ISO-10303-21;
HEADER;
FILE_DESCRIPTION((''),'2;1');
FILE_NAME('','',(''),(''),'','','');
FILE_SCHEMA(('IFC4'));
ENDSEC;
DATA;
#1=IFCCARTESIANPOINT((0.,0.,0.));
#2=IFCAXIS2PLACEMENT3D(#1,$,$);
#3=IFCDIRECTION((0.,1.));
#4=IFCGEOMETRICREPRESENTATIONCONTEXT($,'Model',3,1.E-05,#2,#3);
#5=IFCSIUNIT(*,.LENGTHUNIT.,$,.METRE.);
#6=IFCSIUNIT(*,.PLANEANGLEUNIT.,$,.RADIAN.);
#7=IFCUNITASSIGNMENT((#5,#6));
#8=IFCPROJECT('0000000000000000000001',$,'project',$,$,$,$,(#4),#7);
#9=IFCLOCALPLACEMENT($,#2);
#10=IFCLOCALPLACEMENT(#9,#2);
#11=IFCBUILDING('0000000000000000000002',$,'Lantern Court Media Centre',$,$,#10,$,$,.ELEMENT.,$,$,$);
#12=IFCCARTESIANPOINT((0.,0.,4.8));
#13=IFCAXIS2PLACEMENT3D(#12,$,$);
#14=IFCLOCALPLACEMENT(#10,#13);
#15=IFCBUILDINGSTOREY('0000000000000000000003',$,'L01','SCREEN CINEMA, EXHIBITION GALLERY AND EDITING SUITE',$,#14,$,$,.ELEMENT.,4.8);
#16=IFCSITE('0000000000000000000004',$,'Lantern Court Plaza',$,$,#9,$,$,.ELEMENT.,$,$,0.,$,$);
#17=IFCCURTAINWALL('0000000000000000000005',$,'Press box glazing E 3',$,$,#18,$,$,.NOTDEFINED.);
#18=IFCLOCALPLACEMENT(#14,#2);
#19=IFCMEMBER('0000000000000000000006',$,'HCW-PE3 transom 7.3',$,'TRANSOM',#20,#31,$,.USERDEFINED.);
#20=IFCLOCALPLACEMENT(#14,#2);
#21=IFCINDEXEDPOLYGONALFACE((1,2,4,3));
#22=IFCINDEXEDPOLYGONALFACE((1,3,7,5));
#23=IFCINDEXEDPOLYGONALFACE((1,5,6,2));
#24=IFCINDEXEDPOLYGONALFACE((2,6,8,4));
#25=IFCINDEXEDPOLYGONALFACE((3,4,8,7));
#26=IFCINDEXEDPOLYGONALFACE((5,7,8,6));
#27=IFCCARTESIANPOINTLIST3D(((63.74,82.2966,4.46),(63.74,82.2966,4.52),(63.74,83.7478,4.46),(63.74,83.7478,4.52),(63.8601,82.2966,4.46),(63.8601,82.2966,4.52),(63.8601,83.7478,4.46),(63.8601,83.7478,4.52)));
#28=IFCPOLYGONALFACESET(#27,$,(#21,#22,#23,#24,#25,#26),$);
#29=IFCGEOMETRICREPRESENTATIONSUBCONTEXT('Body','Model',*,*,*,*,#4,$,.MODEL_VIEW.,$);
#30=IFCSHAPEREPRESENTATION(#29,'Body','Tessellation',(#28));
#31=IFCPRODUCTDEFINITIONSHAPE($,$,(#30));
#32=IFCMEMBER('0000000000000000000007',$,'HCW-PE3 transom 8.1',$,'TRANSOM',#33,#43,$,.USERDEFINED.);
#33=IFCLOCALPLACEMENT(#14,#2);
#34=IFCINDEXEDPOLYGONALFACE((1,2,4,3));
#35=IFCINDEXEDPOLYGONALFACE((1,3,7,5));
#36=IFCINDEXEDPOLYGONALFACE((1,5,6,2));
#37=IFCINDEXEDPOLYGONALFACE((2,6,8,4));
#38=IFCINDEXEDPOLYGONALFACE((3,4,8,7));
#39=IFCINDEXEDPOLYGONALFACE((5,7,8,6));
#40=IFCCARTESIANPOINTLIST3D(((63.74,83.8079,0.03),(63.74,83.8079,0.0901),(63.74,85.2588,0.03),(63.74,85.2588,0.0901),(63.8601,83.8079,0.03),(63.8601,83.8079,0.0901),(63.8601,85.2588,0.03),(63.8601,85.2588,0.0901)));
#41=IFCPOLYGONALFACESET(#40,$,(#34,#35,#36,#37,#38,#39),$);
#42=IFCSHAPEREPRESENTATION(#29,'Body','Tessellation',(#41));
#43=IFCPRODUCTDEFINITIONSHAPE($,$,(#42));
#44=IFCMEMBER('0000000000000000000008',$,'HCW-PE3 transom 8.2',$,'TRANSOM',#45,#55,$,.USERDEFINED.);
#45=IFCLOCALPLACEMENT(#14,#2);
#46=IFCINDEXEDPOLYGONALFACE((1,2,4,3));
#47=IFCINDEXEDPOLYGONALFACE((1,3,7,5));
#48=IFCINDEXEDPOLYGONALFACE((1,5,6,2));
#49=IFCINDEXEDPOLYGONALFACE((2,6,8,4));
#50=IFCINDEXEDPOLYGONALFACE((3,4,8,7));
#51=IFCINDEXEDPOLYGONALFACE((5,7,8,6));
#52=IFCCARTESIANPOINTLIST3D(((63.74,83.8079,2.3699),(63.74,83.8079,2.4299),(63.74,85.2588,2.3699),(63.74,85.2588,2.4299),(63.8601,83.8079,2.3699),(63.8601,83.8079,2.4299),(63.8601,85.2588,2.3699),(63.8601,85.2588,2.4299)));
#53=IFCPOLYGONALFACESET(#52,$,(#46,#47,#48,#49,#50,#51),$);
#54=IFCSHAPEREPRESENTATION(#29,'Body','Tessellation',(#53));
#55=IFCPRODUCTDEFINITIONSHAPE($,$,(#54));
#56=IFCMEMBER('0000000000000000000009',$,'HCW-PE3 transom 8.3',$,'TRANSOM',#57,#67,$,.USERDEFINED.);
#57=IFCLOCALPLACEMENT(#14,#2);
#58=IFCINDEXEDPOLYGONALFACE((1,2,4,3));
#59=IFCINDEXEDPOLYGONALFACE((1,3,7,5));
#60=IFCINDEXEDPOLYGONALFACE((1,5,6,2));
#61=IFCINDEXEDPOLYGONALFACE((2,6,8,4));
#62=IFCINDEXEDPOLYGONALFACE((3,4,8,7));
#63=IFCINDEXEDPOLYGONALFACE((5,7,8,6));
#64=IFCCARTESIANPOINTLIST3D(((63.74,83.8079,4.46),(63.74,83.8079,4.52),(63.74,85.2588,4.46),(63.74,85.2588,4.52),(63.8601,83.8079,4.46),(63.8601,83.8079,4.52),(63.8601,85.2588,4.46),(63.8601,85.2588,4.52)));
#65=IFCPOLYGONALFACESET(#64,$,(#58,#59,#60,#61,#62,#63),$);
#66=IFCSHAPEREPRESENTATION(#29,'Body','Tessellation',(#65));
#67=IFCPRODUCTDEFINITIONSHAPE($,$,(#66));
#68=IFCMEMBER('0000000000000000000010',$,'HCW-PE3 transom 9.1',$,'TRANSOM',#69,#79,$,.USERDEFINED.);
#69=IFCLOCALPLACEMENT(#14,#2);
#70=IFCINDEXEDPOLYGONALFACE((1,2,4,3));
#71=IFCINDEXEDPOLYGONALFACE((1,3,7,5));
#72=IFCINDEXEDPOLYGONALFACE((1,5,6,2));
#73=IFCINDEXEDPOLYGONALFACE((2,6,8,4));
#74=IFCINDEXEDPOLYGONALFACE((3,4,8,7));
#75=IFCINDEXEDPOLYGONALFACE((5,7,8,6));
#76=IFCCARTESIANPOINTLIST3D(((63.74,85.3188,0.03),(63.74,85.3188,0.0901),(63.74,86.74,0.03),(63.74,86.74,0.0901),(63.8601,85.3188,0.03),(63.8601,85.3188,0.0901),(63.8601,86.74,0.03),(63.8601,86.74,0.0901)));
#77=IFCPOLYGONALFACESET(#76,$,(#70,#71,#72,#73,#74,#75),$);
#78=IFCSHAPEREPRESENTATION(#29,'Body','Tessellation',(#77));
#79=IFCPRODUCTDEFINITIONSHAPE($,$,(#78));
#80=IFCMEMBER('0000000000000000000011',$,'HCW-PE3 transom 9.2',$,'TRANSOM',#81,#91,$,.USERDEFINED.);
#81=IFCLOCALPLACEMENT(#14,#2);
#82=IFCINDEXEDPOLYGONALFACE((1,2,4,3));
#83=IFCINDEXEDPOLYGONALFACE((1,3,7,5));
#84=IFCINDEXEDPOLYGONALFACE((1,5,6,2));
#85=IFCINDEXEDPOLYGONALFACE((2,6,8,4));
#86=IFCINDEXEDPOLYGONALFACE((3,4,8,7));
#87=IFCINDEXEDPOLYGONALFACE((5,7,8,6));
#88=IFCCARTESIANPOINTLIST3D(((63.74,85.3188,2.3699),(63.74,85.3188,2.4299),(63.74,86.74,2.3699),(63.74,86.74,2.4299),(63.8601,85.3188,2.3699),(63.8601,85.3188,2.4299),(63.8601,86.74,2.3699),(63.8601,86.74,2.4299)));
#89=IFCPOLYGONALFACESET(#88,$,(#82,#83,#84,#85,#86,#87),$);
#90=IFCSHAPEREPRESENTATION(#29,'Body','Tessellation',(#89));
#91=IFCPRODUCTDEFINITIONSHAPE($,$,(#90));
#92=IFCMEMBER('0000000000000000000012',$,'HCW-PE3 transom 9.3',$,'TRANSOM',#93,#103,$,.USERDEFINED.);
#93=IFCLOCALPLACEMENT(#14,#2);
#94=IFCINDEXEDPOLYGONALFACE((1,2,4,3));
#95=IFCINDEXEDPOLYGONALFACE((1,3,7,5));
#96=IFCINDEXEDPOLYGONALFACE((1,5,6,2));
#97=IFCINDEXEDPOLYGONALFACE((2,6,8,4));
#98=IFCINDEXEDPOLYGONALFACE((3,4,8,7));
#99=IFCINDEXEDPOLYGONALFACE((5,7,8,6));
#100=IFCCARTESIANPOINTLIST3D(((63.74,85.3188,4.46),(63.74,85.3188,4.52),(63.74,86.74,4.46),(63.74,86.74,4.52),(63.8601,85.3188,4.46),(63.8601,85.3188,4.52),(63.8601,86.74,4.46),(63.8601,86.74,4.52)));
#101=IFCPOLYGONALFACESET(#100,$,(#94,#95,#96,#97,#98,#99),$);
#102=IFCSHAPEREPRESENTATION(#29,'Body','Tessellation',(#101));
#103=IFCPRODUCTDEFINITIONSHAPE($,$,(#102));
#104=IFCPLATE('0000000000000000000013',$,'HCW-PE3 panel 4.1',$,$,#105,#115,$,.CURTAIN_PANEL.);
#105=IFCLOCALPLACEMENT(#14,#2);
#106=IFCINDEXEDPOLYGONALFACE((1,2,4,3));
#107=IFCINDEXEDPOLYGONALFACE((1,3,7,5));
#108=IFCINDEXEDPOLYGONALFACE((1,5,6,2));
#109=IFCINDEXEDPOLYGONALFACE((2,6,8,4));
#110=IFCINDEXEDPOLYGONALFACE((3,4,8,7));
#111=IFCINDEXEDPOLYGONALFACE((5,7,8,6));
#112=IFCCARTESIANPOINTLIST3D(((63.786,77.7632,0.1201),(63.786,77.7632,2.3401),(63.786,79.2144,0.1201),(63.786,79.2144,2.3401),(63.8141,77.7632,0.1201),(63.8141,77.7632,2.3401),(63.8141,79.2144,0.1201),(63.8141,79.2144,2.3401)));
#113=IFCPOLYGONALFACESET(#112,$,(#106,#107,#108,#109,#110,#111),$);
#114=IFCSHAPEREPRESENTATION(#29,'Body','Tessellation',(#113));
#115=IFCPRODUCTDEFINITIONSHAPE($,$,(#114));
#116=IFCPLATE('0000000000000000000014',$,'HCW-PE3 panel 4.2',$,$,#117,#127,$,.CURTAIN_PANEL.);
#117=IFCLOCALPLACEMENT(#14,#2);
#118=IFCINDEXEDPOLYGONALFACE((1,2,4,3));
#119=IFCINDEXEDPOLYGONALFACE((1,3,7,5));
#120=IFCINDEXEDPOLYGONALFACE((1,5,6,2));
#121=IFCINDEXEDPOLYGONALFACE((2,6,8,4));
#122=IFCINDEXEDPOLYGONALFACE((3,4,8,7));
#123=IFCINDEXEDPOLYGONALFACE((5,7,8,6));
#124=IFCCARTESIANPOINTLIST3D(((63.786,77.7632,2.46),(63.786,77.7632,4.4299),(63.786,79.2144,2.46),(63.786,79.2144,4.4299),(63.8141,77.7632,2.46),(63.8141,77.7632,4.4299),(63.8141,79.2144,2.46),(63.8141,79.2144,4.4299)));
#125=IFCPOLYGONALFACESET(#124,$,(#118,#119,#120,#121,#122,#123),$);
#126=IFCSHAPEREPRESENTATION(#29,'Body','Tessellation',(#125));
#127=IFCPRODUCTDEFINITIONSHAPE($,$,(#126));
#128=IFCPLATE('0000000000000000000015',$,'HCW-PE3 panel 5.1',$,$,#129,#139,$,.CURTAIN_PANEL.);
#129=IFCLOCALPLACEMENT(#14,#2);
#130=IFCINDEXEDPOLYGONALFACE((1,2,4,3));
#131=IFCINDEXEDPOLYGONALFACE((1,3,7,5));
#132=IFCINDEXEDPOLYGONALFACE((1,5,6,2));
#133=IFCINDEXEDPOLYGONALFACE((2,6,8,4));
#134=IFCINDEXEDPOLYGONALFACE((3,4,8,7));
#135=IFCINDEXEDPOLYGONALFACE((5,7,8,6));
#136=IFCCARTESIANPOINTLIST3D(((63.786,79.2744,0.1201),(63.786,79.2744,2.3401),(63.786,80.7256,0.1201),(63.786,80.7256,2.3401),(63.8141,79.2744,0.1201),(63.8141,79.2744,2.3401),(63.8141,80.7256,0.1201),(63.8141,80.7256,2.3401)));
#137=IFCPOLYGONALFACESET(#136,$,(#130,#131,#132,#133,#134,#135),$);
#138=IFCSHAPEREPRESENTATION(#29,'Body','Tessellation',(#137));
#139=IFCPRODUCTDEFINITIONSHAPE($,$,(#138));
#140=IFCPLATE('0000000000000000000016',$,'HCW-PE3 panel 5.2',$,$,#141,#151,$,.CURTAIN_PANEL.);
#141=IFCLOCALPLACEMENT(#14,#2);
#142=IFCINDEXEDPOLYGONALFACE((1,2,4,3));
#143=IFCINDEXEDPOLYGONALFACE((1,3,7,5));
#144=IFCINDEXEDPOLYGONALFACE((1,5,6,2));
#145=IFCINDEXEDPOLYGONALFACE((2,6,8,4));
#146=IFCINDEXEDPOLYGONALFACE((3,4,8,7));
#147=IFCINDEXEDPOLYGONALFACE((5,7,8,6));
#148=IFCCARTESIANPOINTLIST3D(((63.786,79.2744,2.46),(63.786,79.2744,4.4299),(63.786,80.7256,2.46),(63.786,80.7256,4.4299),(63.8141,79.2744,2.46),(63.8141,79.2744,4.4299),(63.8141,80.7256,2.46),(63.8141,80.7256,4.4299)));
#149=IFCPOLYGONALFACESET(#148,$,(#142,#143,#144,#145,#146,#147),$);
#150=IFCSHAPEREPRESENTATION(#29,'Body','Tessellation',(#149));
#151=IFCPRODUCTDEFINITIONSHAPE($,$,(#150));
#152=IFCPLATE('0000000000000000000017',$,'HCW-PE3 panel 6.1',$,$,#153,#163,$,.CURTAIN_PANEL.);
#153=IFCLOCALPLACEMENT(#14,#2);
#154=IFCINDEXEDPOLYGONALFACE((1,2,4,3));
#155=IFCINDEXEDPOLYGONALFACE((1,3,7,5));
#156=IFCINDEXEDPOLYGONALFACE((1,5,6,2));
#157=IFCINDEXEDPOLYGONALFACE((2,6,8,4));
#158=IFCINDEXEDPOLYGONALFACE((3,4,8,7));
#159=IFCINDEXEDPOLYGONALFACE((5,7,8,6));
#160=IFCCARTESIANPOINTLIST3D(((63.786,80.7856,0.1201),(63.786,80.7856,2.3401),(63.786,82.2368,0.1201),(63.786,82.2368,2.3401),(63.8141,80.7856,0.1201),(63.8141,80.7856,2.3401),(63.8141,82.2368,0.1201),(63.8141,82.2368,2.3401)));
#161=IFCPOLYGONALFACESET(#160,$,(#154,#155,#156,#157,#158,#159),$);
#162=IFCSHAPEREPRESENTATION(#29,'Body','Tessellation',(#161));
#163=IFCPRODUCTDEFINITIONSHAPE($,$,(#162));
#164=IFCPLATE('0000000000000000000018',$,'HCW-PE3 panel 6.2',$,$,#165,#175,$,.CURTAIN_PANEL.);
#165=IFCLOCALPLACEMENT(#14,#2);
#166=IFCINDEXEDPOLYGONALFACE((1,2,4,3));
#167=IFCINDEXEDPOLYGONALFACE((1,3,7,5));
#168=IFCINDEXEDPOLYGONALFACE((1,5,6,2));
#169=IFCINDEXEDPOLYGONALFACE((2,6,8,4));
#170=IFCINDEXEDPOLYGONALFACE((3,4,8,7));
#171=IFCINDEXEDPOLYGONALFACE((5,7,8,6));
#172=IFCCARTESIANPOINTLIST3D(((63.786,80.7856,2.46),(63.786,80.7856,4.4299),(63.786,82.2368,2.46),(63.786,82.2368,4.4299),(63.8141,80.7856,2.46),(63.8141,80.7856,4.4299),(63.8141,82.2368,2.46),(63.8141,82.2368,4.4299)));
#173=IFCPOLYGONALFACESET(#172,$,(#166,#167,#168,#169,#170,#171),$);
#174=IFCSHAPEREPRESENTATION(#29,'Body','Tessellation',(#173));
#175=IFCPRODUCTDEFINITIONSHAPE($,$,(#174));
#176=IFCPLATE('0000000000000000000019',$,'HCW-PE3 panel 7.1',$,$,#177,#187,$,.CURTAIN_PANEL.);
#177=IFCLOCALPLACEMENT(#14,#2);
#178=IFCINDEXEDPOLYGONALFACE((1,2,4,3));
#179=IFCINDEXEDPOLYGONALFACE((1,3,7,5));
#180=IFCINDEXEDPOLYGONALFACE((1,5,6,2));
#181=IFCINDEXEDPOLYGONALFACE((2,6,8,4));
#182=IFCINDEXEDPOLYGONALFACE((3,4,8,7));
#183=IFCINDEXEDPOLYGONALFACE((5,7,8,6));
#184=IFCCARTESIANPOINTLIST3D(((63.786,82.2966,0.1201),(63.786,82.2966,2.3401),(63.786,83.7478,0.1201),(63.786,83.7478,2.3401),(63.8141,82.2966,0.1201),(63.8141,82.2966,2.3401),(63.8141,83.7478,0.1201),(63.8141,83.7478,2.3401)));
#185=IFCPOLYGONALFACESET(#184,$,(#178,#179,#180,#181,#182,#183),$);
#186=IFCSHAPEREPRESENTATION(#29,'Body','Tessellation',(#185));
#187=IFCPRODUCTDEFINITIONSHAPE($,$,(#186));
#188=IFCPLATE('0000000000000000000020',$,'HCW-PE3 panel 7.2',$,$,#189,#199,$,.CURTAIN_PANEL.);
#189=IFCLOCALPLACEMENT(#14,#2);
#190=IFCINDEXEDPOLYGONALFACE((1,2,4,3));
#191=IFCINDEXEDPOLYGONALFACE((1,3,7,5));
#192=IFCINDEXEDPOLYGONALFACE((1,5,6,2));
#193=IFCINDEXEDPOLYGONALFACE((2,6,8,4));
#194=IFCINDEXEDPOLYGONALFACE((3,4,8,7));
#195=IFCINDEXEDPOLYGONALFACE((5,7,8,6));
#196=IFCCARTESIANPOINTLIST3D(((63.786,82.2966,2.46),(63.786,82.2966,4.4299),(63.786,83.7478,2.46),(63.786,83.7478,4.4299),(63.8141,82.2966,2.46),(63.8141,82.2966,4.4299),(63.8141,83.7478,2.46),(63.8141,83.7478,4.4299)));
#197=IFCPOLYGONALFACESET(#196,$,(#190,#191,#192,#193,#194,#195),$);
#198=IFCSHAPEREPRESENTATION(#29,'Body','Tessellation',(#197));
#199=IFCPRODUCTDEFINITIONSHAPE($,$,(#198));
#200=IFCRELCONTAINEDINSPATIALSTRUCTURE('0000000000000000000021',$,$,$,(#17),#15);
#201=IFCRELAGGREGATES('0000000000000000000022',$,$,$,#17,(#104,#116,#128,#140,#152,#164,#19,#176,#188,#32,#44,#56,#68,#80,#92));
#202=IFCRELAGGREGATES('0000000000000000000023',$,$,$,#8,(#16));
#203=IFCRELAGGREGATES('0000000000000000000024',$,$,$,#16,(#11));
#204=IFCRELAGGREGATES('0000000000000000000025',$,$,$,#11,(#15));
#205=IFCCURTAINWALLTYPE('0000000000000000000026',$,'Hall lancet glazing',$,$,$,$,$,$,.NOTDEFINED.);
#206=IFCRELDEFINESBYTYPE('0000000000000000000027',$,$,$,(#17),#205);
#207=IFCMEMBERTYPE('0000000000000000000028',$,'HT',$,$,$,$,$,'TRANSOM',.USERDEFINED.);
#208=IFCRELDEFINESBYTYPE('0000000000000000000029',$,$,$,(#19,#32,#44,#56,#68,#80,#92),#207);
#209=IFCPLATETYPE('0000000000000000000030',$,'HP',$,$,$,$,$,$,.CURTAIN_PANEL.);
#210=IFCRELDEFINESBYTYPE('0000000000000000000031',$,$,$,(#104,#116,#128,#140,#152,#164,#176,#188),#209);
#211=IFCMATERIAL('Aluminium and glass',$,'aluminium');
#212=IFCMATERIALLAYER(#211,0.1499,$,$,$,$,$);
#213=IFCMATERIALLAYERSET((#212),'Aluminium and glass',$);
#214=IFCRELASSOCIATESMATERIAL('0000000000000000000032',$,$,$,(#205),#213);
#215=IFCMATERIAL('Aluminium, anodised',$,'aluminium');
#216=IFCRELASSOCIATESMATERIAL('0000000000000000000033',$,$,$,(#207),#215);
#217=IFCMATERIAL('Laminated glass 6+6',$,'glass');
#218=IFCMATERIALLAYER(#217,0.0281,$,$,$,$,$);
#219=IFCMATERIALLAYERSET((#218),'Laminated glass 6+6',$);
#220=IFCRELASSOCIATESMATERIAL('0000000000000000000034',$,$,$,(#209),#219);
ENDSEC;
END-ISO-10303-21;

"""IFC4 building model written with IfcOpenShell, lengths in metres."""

from ifc_helpers import new_model, si_unit, direction, frame, origin, origin_2d, place, context, subcontext, project, spatial, rectangle, extrude, material, layer, layer_set, material_profile, profile_set, type_object, element, aggregate, save


model = new_model("IFC4")

# Units and contexts
model_context = context("Model", 3, precision=1e-05, world=origin(), true_north=direction((0.0, 1.0)))
body_context = subcontext(model_context, "Body", "Model", "MODEL_VIEW")
ifc_project = project(units=[si_unit("LENGTHUNIT", "METRE"), si_unit("PLANEANGLEUNIT", "RADIAN")], contexts=[model_context])

# Site, building, storey
site_placement = place(None, origin())
site = spatial("IfcSite", under=ifc_project, at=site_placement, Name="Lantern Court Plaza", CompositionType="ELEMENT", RefElevation=0.0)
building_placement = place(site_placement, origin())
building = spatial("IfcBuilding", under=site, at=building_placement, Name="Lantern Court Media Centre", CompositionType="ELEMENT")
storey_placement = place(building_placement, frame((0.0, 0.0, 4.8)))
storey = spatial("IfcBuildingStorey", under=building, at=storey_placement, Name="L01", Description="SCREEN CINEMA, EXHIBITION GALLERY AND EDITING SUITE", CompositionType="ELEMENT", Elevation=4.8)

# Curtain wall, members, plates
ifc_material_1 = material(Name="Aluminium and glass", Category="aluminium")
ifc_layer_1 = layer(ifc_material_1, 0.1499)
ifc_layer_set_1 = layer_set([ifc_layer_1], Name="Aluminium and glass")
curtain_wall_type = type_object("IfcCurtainWallType", Name="Hall lancet glazing", PredefinedType="NOTDEFINED", material=ifc_layer_set_1)
curtain_wall_placement = place(storey_placement, origin())
curtain_wall = element("IfcCurtainWall", 1, at=curtain_wall_placement, inside=storey, type_object=curtain_wall_type, Name="Press box glazing E 3", PredefinedType="NOTDEFINED")
ifc_material_2 = material(Name="Aluminium, anodised", Category="aluminium")
ifc_material_profile_1 = material_profile(ifc_material_2, rectangle(XDim=0.1201, YDim=0.0601, at=origin_2d()), Name="HT")
ifc_profile_set_1 = profile_set([ifc_material_profile_1], Name="Aluminium, anodised")
member_type_1 = type_object("IfcMemberType", Name="HT", ElementType="TRANSOM", PredefinedType="USERDEFINED", material=ifc_profile_set_1)
member_1_placement = place(storey_placement, frame((63.8, 82.2966, 4.49), z_axis=(0.0, 1.0, 0.0), x_axis=(-1.0, 0.0, 0.0)))
member_1 = element("IfcMember", 2, at=member_1_placement, type_object=member_type_1, Name="HCW-PE3 transom 7.3", ObjectType="TRANSOM", PredefinedType="USERDEFINED", context=body_context, shape_type="SweptSolid", body=[
    extrude(rectangle(XDim=0.1201, YDim=0.0601, at=origin_2d()), origin(), (0.0, 0.0, 1.0), 1.4512),
])
member_2_placement = place(storey_placement, frame((63.8, 83.8079, 0.0601), z_axis=(0.0, 1.0, 0.0), x_axis=(-1.0, 0.0, 0.0)))
member_2 = element("IfcMember", 3, at=member_2_placement, type_object=member_type_1, Name="HCW-PE3 transom 8.1", ObjectType="TRANSOM", PredefinedType="USERDEFINED", context=body_context, shape_type="SweptSolid", body=[
    extrude(rectangle(XDim=0.1201, YDim=0.0601, at=origin_2d()), origin(), (0.0, 0.0, 1.0), 1.4509),
])
member_3_placement = place(storey_placement, frame((63.8, 83.8079, 2.3999), z_axis=(0.0, 1.0, 0.0), x_axis=(-1.0, 0.0, 0.0)))
member_3 = element("IfcMember", 4, at=member_3_placement, type_object=member_type_1, Name="HCW-PE3 transom 8.2", ObjectType="TRANSOM", PredefinedType="USERDEFINED", context=body_context, shape_type="SweptSolid", body=[
    extrude(rectangle(XDim=0.1201, YDim=0.0601, at=origin_2d()), origin(), (0.0, 0.0, 1.0), 1.4509),
])
member_4_placement = place(storey_placement, frame((63.8, 83.8079, 4.49), z_axis=(0.0, 1.0, 0.0), x_axis=(-1.0, 0.0, 0.0)))
member_4 = element("IfcMember", 5, at=member_4_placement, type_object=member_type_1, Name="HCW-PE3 transom 8.3", ObjectType="TRANSOM", PredefinedType="USERDEFINED", context=body_context, shape_type="SweptSolid", body=[
    extrude(rectangle(XDim=0.1201, YDim=0.0601, at=origin_2d()), origin(), (0.0, 0.0, 1.0), 1.4509),
])
member_5_placement = place(storey_placement, frame((63.8, 85.3188, 0.0601), z_axis=(0.0, 1.0, 0.0), x_axis=(-1.0, 0.0, 0.0)))
member_5 = element("IfcMember", 6, at=member_5_placement, type_object=member_type_1, Name="HCW-PE3 transom 9.1", ObjectType="TRANSOM", PredefinedType="USERDEFINED", context=body_context, shape_type="SweptSolid", body=[
    extrude(rectangle(XDim=0.1201, YDim=0.0601, at=origin_2d()), origin(), (0.0, 0.0, 1.0), 1.4211),
])
member_6_placement = place(storey_placement, frame((63.8, 85.3188, 2.3999), z_axis=(0.0, 1.0, 0.0), x_axis=(-1.0, 0.0, 0.0)))
member_6 = element("IfcMember", 7, at=member_6_placement, type_object=member_type_1, Name="HCW-PE3 transom 9.2", ObjectType="TRANSOM", PredefinedType="USERDEFINED", context=body_context, shape_type="SweptSolid", body=[
    extrude(rectangle(XDim=0.1201, YDim=0.0601, at=origin_2d()), origin(), (0.0, 0.0, 1.0), 1.4211),
])
member_7_placement = place(storey_placement, frame((63.8, 85.3188, 4.49), z_axis=(0.0, 1.0, 0.0), x_axis=(-1.0, 0.0, 0.0)))
member_7 = element("IfcMember", 8, at=member_7_placement, type_object=member_type_1, Name="HCW-PE3 transom 9.3", ObjectType="TRANSOM", PredefinedType="USERDEFINED", context=body_context, shape_type="SweptSolid", body=[
    extrude(rectangle(XDim=0.1201, YDim=0.0601, at=origin_2d()), origin(), (0.0, 0.0, 1.0), 1.4211),
])
ifc_material_3 = material(Name="Laminated glass 6+6", Category="glass")
ifc_layer_2 = layer(ifc_material_3, 0.0281)
ifc_layer_set_2 = layer_set([ifc_layer_2], Name="Laminated glass 6+6")
plate_type = type_object("IfcPlateType", Name="HP", PredefinedType="CURTAIN_PANEL", material=ifc_layer_set_2)
plate_1_placement = place(storey_placement, frame((63.8, 78.4888, 0.1201), z_axis=(0.0, 0.0, 1.0), x_axis=(0.0, 1.0, 0.0)))
plate_1 = element("IfcPlate", 9, at=plate_1_placement, type_object=plate_type, Name="HCW-PE3 panel 4.1", PredefinedType="CURTAIN_PANEL", context=body_context, shape_type="SweptSolid", body=[
    extrude(rectangle(XDim=1.4512, YDim=0.0281, at=origin_2d()), origin(), (0.0, 0.0, 1.0), 2.22),
])
plate_2_placement = place(storey_placement, frame((63.8, 78.4888, 2.46), z_axis=(0.0, 0.0, 1.0), x_axis=(0.0, 1.0, 0.0)))
plate_2 = element("IfcPlate", 10, at=plate_2_placement, type_object=plate_type, Name="HCW-PE3 panel 4.2", PredefinedType="CURTAIN_PANEL", context=body_context, shape_type="SweptSolid", body=[
    extrude(rectangle(XDim=1.4512, YDim=0.0281, at=origin_2d()), origin(), (0.0, 0.0, 1.0), 1.97),
])
plate_3_placement = place(storey_placement, frame((63.8, 80.0, 0.1201), z_axis=(0.0, 0.0, 1.0), x_axis=(0.0, 1.0, 0.0)))
plate_3 = element("IfcPlate", 11, at=plate_3_placement, type_object=plate_type, Name="HCW-PE3 panel 5.1", PredefinedType="CURTAIN_PANEL", context=body_context, shape_type="SweptSolid", body=[
    extrude(rectangle(XDim=1.4512, YDim=0.0281, at=origin_2d()), origin(), (0.0, 0.0, 1.0), 2.22),
])
plate_4_placement = place(storey_placement, frame((63.8, 80.0, 2.46), z_axis=(0.0, 0.0, 1.0), x_axis=(0.0, 1.0, 0.0)))
plate_4 = element("IfcPlate", 12, at=plate_4_placement, type_object=plate_type, Name="HCW-PE3 panel 5.2", PredefinedType="CURTAIN_PANEL", context=body_context, shape_type="SweptSolid", body=[
    extrude(rectangle(XDim=1.4512, YDim=0.0281, at=origin_2d()), origin(), (0.0, 0.0, 1.0), 1.97),
])
plate_5_placement = place(storey_placement, frame((63.8, 81.5112, 0.1201), z_axis=(0.0, 0.0, 1.0), x_axis=(0.0, 1.0, 0.0)))
plate_5 = element("IfcPlate", 13, at=plate_5_placement, type_object=plate_type, Name="HCW-PE3 panel 6.1", PredefinedType="CURTAIN_PANEL", context=body_context, shape_type="SweptSolid", body=[
    extrude(rectangle(XDim=1.4512, YDim=0.0281, at=origin_2d()), origin(), (0.0, 0.0, 1.0), 2.22),
])
plate_6_placement = place(storey_placement, frame((63.8, 81.5112, 2.46), z_axis=(0.0, 0.0, 1.0), x_axis=(0.0, 1.0, 0.0)))
plate_6 = element("IfcPlate", 14, at=plate_6_placement, type_object=plate_type, Name="HCW-PE3 panel 6.2", PredefinedType="CURTAIN_PANEL", context=body_context, shape_type="SweptSolid", body=[
    extrude(rectangle(XDim=1.4512, YDim=0.0281, at=origin_2d()), origin(), (0.0, 0.0, 1.0), 1.97),
])
plate_7_placement = place(storey_placement, frame((63.8, 83.0222, 0.1201), z_axis=(0.0, 0.0, 1.0), x_axis=(0.0, 1.0, 0.0)))
plate_7 = element("IfcPlate", 15, at=plate_7_placement, type_object=plate_type, Name="HCW-PE3 panel 7.1", PredefinedType="CURTAIN_PANEL", context=body_context, shape_type="SweptSolid", body=[
    extrude(rectangle(XDim=1.4512, YDim=0.0281, at=origin_2d()), origin(), (0.0, 0.0, 1.0), 2.22),
])
plate_8_placement = place(storey_placement, frame((63.8, 83.0222, 2.46), z_axis=(0.0, 0.0, 1.0), x_axis=(0.0, 1.0, 0.0)))
plate_8 = element("IfcPlate", 16, at=plate_8_placement, type_object=plate_type, Name="HCW-PE3 panel 7.2", PredefinedType="CURTAIN_PANEL", context=body_context, shape_type="SweptSolid", body=[
    extrude(rectangle(XDim=1.4512, YDim=0.0281, at=origin_2d()), origin(), (0.0, 0.0, 1.0), 1.97),
])
aggregate(curtain_wall, [plate_1, plate_2, plate_3, plate_4, plate_5, plate_6, member_1, plate_7, plate_8, member_2, member_3, member_4, member_5, member_6, member_7])

save(model, "model.ifc")
